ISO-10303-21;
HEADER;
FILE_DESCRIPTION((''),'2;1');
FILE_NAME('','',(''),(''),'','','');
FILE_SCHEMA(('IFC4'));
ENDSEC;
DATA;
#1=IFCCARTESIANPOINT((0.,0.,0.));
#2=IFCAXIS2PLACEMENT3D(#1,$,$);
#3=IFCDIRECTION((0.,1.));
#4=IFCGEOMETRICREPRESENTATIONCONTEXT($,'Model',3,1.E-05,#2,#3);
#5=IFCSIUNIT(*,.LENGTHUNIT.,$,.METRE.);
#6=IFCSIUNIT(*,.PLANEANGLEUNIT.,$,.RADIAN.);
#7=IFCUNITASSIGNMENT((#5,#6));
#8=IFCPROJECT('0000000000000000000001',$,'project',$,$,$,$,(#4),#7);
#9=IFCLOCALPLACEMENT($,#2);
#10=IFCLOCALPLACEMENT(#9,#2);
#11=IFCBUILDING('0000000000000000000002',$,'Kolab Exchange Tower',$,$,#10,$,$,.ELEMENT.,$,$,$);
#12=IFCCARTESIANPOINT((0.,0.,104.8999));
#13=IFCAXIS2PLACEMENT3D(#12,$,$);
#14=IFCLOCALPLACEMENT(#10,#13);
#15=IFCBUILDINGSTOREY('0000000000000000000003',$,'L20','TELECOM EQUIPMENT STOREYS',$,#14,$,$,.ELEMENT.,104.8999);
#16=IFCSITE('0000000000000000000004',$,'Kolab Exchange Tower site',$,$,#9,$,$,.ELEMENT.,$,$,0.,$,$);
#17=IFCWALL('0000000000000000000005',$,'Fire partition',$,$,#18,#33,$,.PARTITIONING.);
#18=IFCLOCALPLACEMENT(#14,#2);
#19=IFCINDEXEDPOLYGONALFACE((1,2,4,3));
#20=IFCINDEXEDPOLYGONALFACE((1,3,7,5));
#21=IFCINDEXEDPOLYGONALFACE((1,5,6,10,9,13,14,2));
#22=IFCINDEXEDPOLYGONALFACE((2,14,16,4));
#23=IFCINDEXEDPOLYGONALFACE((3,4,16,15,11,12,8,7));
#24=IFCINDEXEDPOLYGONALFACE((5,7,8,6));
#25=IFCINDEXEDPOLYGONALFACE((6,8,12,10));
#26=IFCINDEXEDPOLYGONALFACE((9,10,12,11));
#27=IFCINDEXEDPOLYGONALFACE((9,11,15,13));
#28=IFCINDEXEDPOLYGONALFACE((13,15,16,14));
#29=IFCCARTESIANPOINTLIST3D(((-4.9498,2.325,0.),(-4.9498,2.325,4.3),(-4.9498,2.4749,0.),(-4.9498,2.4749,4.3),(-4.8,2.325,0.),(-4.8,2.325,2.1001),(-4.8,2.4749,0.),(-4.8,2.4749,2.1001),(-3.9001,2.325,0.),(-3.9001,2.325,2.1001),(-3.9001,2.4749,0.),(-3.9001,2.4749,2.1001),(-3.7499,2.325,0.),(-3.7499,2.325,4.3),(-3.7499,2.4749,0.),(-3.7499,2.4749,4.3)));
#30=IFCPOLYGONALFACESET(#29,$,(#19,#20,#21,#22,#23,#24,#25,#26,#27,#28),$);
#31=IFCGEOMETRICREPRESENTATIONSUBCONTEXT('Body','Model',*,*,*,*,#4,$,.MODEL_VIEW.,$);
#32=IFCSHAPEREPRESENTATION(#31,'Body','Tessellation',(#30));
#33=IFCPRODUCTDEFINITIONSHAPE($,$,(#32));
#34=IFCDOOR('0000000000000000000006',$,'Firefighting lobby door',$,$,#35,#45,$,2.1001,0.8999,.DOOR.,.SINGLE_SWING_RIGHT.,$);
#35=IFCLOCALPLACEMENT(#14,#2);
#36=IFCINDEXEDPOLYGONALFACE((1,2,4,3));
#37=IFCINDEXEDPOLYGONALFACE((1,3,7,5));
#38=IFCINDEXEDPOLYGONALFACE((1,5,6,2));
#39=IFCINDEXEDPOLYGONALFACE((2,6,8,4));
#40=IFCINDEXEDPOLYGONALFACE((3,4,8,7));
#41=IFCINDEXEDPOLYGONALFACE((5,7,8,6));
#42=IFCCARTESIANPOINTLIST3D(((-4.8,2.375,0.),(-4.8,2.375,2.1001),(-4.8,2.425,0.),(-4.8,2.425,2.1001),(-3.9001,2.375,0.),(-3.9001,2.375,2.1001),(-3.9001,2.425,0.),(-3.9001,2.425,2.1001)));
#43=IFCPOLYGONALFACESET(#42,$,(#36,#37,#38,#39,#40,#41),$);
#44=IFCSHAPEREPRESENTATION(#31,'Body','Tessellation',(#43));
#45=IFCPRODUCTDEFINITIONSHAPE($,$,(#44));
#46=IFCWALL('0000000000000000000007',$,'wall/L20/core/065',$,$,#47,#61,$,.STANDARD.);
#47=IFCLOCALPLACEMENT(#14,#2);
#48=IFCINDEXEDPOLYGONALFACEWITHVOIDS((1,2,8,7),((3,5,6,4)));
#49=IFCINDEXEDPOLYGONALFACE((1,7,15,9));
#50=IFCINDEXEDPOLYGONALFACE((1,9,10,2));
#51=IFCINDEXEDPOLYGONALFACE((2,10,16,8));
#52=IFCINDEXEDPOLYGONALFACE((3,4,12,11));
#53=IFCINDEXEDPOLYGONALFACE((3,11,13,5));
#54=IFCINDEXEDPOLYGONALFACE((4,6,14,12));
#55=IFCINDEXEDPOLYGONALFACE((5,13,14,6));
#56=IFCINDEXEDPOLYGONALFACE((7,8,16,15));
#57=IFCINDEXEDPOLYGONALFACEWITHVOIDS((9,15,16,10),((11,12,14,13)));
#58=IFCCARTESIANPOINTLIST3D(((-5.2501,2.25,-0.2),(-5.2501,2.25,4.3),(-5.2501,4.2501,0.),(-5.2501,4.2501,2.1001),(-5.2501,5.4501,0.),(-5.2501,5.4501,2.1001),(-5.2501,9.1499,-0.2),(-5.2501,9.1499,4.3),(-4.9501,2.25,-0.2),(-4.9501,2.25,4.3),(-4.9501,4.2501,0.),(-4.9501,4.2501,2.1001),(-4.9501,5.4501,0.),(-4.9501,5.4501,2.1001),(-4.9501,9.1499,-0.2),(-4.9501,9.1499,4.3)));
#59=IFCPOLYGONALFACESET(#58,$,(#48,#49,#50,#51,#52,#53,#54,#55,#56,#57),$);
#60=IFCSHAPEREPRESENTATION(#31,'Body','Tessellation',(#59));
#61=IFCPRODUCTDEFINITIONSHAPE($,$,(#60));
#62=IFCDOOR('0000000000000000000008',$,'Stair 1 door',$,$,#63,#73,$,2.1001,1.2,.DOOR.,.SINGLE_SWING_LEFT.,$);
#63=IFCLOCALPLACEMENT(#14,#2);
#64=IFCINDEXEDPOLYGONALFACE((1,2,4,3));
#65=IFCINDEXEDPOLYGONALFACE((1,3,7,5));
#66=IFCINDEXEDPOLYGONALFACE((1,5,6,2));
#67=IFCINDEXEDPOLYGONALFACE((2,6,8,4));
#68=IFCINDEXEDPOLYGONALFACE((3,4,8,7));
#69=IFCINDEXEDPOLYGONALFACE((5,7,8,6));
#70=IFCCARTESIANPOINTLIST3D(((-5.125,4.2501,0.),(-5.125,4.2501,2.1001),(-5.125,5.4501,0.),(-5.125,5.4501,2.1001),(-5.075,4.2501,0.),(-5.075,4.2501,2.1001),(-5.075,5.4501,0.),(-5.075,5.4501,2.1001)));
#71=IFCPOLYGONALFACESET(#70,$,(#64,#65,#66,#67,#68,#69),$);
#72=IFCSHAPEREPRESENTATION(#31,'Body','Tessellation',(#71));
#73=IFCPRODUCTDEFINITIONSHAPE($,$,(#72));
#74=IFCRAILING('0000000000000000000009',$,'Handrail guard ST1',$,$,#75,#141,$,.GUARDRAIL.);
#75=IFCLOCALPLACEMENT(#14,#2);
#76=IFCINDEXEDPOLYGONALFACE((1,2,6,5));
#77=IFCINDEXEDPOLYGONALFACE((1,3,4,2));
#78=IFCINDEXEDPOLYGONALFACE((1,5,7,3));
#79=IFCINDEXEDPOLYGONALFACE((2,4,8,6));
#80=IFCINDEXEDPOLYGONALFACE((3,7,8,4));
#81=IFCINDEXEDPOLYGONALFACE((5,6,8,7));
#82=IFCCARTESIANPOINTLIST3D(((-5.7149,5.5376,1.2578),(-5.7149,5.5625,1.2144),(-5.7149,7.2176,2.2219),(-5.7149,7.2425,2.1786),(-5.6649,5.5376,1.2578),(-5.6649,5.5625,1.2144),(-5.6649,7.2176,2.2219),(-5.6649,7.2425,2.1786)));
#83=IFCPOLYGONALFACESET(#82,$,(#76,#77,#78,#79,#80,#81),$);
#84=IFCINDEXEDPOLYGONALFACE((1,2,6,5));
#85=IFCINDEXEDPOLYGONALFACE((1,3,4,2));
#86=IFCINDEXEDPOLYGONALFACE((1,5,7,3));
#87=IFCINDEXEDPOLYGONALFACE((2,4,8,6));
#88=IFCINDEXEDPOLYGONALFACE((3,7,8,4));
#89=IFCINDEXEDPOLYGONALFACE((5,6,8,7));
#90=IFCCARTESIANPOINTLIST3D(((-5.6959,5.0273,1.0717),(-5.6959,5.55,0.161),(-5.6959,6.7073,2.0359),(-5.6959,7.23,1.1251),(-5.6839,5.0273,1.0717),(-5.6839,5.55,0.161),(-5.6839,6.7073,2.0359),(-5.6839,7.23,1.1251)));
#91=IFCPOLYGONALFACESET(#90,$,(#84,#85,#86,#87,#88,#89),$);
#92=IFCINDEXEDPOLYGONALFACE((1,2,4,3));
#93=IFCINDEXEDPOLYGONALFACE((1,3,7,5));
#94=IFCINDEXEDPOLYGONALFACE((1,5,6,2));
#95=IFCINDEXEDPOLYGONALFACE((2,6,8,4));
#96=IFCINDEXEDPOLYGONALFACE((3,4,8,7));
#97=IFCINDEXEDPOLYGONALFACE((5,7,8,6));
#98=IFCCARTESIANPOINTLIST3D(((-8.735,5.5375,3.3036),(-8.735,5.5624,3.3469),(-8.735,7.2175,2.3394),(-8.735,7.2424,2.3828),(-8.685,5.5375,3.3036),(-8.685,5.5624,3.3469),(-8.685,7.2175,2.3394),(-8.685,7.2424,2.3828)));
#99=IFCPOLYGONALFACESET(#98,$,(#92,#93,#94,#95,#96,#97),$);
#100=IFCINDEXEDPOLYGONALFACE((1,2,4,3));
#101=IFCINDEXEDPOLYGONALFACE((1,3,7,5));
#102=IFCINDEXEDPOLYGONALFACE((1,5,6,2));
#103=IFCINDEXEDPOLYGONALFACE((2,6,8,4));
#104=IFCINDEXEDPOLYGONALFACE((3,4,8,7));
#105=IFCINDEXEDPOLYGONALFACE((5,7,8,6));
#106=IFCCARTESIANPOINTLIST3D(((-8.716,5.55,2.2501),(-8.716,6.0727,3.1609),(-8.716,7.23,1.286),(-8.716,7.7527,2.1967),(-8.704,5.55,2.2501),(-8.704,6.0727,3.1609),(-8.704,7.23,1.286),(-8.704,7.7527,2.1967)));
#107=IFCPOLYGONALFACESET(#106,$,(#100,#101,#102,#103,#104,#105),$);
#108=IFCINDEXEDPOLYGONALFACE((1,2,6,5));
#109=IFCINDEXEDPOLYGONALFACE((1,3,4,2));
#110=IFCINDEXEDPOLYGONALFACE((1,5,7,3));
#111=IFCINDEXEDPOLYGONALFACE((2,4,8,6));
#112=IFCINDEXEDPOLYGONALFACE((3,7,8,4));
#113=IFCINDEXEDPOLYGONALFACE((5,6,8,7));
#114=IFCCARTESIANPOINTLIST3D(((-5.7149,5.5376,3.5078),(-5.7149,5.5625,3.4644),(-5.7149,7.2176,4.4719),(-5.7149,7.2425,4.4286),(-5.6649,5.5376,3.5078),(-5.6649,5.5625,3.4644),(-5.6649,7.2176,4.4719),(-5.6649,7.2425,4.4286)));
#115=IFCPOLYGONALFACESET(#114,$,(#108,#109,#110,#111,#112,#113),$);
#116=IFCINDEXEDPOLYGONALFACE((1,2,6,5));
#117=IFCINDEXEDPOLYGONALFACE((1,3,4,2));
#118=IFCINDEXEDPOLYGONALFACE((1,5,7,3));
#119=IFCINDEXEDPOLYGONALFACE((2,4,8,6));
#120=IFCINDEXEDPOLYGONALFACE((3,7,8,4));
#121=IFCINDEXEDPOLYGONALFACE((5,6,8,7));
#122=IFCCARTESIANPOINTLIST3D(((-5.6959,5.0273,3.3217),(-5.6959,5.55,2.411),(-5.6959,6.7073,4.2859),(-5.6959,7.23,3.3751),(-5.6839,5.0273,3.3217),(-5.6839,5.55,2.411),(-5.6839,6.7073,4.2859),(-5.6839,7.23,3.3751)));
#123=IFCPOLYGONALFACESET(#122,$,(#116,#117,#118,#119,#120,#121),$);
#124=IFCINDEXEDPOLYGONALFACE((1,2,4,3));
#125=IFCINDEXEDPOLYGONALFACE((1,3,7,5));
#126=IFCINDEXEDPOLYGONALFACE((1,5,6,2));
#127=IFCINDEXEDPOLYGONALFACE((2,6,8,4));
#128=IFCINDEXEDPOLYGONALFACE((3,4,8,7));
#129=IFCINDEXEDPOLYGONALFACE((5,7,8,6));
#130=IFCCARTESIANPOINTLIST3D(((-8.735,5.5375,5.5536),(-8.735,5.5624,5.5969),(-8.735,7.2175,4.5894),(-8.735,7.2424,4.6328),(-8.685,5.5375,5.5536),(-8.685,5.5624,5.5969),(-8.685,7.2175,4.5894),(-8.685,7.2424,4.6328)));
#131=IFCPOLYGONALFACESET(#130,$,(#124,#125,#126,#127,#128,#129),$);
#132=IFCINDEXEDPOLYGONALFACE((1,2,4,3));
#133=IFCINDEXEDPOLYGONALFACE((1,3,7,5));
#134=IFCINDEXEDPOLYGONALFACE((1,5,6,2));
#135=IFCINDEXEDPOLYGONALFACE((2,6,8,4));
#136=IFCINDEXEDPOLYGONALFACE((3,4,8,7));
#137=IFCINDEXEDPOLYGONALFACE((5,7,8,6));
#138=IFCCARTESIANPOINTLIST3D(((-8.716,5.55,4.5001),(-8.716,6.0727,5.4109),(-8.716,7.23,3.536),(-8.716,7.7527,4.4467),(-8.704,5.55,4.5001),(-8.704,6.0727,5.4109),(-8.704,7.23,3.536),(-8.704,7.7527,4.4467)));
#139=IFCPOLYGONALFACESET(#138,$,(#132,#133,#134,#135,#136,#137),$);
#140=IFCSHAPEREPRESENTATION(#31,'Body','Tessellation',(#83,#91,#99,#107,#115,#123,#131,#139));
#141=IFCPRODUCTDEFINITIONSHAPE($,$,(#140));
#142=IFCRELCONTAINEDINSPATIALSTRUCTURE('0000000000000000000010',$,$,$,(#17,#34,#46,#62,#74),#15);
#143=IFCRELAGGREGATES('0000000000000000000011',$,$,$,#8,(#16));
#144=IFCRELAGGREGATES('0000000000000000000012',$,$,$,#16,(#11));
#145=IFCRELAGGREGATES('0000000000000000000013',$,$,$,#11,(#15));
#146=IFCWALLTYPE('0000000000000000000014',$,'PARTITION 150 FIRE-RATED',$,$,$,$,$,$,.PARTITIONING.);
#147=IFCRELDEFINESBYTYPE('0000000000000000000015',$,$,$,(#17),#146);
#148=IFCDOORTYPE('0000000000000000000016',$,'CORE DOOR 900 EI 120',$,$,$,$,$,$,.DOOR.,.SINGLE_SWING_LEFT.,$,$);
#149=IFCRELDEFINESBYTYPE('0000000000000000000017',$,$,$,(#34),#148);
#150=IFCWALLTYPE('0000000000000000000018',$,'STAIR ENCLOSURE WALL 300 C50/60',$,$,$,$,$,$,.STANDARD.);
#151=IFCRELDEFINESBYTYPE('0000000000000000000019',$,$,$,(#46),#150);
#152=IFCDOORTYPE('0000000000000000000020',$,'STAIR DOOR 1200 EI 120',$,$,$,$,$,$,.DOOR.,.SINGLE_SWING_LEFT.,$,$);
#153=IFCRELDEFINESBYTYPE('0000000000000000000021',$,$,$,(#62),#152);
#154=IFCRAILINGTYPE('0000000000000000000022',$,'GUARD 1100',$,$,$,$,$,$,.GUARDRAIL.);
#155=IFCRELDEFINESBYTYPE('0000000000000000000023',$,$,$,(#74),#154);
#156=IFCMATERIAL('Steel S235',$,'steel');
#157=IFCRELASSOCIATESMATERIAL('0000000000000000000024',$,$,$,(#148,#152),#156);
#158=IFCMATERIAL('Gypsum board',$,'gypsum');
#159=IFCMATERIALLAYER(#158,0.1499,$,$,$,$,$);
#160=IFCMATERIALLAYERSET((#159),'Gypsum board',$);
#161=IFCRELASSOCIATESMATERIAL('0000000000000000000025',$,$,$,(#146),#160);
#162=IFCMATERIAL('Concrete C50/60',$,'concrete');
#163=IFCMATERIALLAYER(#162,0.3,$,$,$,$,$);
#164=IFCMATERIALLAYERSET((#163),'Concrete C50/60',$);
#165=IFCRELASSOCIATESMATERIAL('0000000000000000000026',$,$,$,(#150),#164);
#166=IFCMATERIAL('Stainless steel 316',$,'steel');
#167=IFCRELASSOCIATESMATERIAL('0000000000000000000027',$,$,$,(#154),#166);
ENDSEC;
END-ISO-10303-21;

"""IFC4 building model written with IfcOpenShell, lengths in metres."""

from ifc_helpers import new_model, si_unit, direction, frame, frame_2d, origin, origin_2d, place, context, subcontext, project, spatial, rectangle, extrude, material, layer, layer_set, type_object, element, fill, save


model = new_model("IFC4")

# Units and contexts
model_context = context("Model", 3, precision=1e-05, world=origin(), true_north=direction((0.0, 1.0)))
body_context = subcontext(model_context, "Body", "Model", "MODEL_VIEW")
ifc_project = project(units=[si_unit("LENGTHUNIT", "METRE"), si_unit("PLANEANGLEUNIT", "RADIAN")], contexts=[model_context])

# Site, building, storey
site_placement = place(None, origin())
site = spatial("IfcSite", under=ifc_project, at=site_placement, Name="Kolab Exchange Tower site", CompositionType="ELEMENT", RefElevation=0.0)
building_placement = place(site_placement, origin())
building = spatial("IfcBuilding", under=site, at=building_placement, Name="Kolab Exchange Tower", CompositionType="ELEMENT")
storey_placement = place(building_placement, frame((0.0, 0.0, 104.8999)))
storey = spatial("IfcBuildingStorey", under=building, at=storey_placement, Name="L20", Description="TELECOM EQUIPMENT STOREYS", CompositionType="ELEMENT", Elevation=104.8999)

# Shared definitions
ifc_material_1 = material(Name="Steel S235", Category="steel")
door_type_1 = type_object("IfcDoorType", Name="CORE DOOR 900 EI 120", OperationType="SINGLE_SWING_LEFT", PredefinedType="DOOR", material=ifc_material_1)

# Shared definitions
ifc_material_2 = material(Name="Concrete C50/60", Category="concrete")

# Walls, openings, doors
ifc_material_3 = material(Name="Gypsum board", Category="gypsum")
ifc_layer_1 = layer(ifc_material_3, 0.1499)
ifc_layer_set_1 = layer_set([ifc_layer_1], Name="Gypsum board")
wall_type_1 = type_object("IfcWallType", Name="PARTITION 150 FIRE-RATED", PredefinedType="PARTITIONING", material=ifc_layer_set_1)
wall_1_placement = place(storey_placement, frame((-4.95, 2.3999, 0.0), z_axis=(0.0, 0.0, 1.0), x_axis=(1.0, 0.0, 0.0)))
wall_1 = element("IfcWall", 1, at=wall_1_placement, inside=storey, type_object=wall_type_1, Name="Fire partition", PredefinedType="PARTITIONING", context=body_context, shape_type="SweptSolid", body=[
    extrude(rectangle(XDim=1.2, YDim=0.1499, at=frame_2d((0.6001, 0.0))), origin(), (0.0, 0.0, 1.0), 4.3),
])
opening_1_placement = place(wall_1_placement, frame((0.1499, 0.0, 0.0)))
opening_1 = element("IfcOpeningElement", 2, at=opening_1_placement, cuts=wall_1, PredefinedType="OPENING", context=body_context, shape_type="SweptSolid", body=[
    extrude(rectangle(XDim=0.8999, YDim=2.1001, at=frame_2d((0.45, 1.05))), frame((0.0, 0.085, 0.0), z_axis=(0.0, -1.0, 0.0), x_axis=(1.0, 0.0, 0.0)), (0.0, 0.0, 1.0), 0.1699),
])
door_1_placement = place(opening_1_placement, frame((0.8999, 0.0, 0.0), z_axis=(0.0, 0.0, 1.0), x_axis=(-1.0, 0.0, 0.0)))
door_1 = element("IfcDoor", 3, at=door_1_placement, inside=storey, type_object=door_type_1, Name="Firefighting lobby door", OperationType="SINGLE_SWING_RIGHT", OverallHeight=2.1001, OverallWidth=0.8999, PredefinedType="DOOR", context=body_context, shape_type="SweptSolid", body=[
    extrude(rectangle(XDim=0.8999, YDim=2.1001, at=frame_2d((0.45, 1.05))), frame((0.0, 0.0249, 0.0), z_axis=(0.0, -1.0, 0.0), x_axis=(1.0, 0.0, 0.0)), (0.0, 0.0, 1.0), 0.05),
])
fill(opening_1, door_1)
ifc_layer_2 = layer(ifc_material_2, 0.3)
ifc_layer_set_2 = layer_set([ifc_layer_2], Name="Concrete C50/60")
wall_type_2 = type_object("IfcWallType", Name="STAIR ENCLOSURE WALL 300 C50/60", PredefinedType="STANDARD", material=ifc_layer_set_2)
wall_2_placement = place(storey_placement, frame((-5.1001, 2.25, -0.2), z_axis=(0.0, 0.0, 1.0), x_axis=(0.0, 1.0, 0.0)))
wall_2 = element("IfcWall", 4, at=wall_2_placement, inside=storey, type_object=wall_type_2, Name="wall/L20/core/065", PredefinedType="STANDARD", context=body_context, shape_type="SweptSolid", body=[
    extrude(rectangle(XDim=6.8999, YDim=0.3, at=frame_2d((3.45, 0.0))), origin(), (0.0, 0.0, 1.0), 4.5),
])
opening_2_placement = place(wall_2_placement, frame((2.0, 0.0, 0.2)))
opening_2 = element("IfcOpeningElement", 5, at=opening_2_placement, cuts=wall_2, PredefinedType="OPENING", context=body_context, shape_type="SweptSolid", body=[
    extrude(rectangle(XDim=1.2, YDim=2.1001, at=frame_2d((0.6001, 1.05))), frame((0.0, 0.1602, 0.0), z_axis=(0.0, -1.0, 0.0), x_axis=(1.0, 0.0, 0.0)), (0.0, 0.0, 1.0), 0.3201),
])
door_type_2 = type_object("IfcDoorType", Name="STAIR DOOR 1200 EI 120", OperationType="SINGLE_SWING_LEFT", PredefinedType="DOOR", material=ifc_material_1)
door_2_placement = place(opening_2_placement, origin())
door_2 = element("IfcDoor", 6, at=door_2_placement, inside=storey, type_object=door_type_2, Name="Stair 1 door", OperationType="SINGLE_SWING_LEFT", OverallHeight=2.1001, OverallWidth=1.2, PredefinedType="DOOR", context=body_context, shape_type="SweptSolid", body=[
    extrude(rectangle(XDim=1.2, YDim=2.1001, at=frame_2d((0.6001, 1.05))), frame((0.0, 0.0249, 0.0), z_axis=(0.0, -1.0, 0.0), x_axis=(1.0, 0.0, 0.0)), (0.0, 0.0, 1.0), 0.05),
])
fill(opening_2, door_2)

# Railing
ifc_material_4 = material(Name="Stainless steel 316", Category="steel")
railing_type = type_object("IfcRailingType", Name="GUARD 1100", PredefinedType="GUARDRAIL", material=ifc_material_4)
railing_placement = place(storey_placement, frame((-5.6899, 5.55, 0.1609)))
element("IfcRailing", 7, at=railing_placement, inside=storey, type_object=railing_type, Name="Handrail guard ST1", PredefinedType="GUARDRAIL", context=body_context, shape_type="SweptSolid", body=[
    extrude(rectangle(XDim=0.05, YDim=0.05, at=origin_2d()), frame((0.0, 0.0, 1.0752), z_axis=(0.0, 0.867319, 0.497753), x_axis=(-1.0, 0.0, 0.0)), (0.0, 0.0, 1.0), 1.937),
    extrude(rectangle(XDim=0.012, YDim=1.0501, at=frame_2d((0.0, 0.5251))), frame((0.0, 0.0, 0.0), z_axis=(0.0, 0.867319, 0.497753), x_axis=(-1.0, 0.0, 0.0)), (0.0, 0.0, 1.0), 1.937),
    extrude(rectangle(XDim=0.05, YDim=0.05, at=origin_2d()), frame((-3.02, 1.6799, 2.2002), z_axis=(0.0, -0.867319, 0.497753), x_axis=(1.0, 0.0, 0.0)), (0.0, 0.0, 1.0), 1.937),
    extrude(rectangle(XDim=0.012, YDim=1.0501, at=frame_2d((0.0, 0.5251))), frame((-3.02, 1.6799, 1.125), z_axis=(0.0, -0.867319, 0.497753), x_axis=(1.0, 0.0, 0.0)), (0.0, 0.0, 1.0), 1.937),
    extrude(rectangle(XDim=0.05, YDim=0.05, at=origin_2d()), frame((0.0, 0.0, 3.3252), z_axis=(0.0, 0.867319, 0.497753), x_axis=(-1.0, 0.0, 0.0)), (0.0, 0.0, 1.0), 1.937),
    extrude(rectangle(XDim=0.012, YDim=1.0501, at=frame_2d((0.0, 0.5251))), frame((0.0, 0.0, 2.25), z_axis=(0.0, 0.867319, 0.497753), x_axis=(-1.0, 0.0, 0.0)), (0.0, 0.0, 1.0), 1.937),
    extrude(rectangle(XDim=0.05, YDim=0.05, at=origin_2d()), frame((-3.02, 1.6799, 4.4502), z_axis=(0.0, -0.867319, 0.497753), x_axis=(1.0, 0.0, 0.0)), (0.0, 0.0, 1.0), 1.937),
    extrude(rectangle(XDim=0.012, YDim=1.0501, at=frame_2d((0.0, 0.5251))), frame((-3.02, 1.6799, 3.375), z_axis=(0.0, -0.867319, 0.497753), x_axis=(1.0, 0.0, 0.0)), (0.0, 0.0, 1.0), 1.937),
])

save(model, "model.ifc")
